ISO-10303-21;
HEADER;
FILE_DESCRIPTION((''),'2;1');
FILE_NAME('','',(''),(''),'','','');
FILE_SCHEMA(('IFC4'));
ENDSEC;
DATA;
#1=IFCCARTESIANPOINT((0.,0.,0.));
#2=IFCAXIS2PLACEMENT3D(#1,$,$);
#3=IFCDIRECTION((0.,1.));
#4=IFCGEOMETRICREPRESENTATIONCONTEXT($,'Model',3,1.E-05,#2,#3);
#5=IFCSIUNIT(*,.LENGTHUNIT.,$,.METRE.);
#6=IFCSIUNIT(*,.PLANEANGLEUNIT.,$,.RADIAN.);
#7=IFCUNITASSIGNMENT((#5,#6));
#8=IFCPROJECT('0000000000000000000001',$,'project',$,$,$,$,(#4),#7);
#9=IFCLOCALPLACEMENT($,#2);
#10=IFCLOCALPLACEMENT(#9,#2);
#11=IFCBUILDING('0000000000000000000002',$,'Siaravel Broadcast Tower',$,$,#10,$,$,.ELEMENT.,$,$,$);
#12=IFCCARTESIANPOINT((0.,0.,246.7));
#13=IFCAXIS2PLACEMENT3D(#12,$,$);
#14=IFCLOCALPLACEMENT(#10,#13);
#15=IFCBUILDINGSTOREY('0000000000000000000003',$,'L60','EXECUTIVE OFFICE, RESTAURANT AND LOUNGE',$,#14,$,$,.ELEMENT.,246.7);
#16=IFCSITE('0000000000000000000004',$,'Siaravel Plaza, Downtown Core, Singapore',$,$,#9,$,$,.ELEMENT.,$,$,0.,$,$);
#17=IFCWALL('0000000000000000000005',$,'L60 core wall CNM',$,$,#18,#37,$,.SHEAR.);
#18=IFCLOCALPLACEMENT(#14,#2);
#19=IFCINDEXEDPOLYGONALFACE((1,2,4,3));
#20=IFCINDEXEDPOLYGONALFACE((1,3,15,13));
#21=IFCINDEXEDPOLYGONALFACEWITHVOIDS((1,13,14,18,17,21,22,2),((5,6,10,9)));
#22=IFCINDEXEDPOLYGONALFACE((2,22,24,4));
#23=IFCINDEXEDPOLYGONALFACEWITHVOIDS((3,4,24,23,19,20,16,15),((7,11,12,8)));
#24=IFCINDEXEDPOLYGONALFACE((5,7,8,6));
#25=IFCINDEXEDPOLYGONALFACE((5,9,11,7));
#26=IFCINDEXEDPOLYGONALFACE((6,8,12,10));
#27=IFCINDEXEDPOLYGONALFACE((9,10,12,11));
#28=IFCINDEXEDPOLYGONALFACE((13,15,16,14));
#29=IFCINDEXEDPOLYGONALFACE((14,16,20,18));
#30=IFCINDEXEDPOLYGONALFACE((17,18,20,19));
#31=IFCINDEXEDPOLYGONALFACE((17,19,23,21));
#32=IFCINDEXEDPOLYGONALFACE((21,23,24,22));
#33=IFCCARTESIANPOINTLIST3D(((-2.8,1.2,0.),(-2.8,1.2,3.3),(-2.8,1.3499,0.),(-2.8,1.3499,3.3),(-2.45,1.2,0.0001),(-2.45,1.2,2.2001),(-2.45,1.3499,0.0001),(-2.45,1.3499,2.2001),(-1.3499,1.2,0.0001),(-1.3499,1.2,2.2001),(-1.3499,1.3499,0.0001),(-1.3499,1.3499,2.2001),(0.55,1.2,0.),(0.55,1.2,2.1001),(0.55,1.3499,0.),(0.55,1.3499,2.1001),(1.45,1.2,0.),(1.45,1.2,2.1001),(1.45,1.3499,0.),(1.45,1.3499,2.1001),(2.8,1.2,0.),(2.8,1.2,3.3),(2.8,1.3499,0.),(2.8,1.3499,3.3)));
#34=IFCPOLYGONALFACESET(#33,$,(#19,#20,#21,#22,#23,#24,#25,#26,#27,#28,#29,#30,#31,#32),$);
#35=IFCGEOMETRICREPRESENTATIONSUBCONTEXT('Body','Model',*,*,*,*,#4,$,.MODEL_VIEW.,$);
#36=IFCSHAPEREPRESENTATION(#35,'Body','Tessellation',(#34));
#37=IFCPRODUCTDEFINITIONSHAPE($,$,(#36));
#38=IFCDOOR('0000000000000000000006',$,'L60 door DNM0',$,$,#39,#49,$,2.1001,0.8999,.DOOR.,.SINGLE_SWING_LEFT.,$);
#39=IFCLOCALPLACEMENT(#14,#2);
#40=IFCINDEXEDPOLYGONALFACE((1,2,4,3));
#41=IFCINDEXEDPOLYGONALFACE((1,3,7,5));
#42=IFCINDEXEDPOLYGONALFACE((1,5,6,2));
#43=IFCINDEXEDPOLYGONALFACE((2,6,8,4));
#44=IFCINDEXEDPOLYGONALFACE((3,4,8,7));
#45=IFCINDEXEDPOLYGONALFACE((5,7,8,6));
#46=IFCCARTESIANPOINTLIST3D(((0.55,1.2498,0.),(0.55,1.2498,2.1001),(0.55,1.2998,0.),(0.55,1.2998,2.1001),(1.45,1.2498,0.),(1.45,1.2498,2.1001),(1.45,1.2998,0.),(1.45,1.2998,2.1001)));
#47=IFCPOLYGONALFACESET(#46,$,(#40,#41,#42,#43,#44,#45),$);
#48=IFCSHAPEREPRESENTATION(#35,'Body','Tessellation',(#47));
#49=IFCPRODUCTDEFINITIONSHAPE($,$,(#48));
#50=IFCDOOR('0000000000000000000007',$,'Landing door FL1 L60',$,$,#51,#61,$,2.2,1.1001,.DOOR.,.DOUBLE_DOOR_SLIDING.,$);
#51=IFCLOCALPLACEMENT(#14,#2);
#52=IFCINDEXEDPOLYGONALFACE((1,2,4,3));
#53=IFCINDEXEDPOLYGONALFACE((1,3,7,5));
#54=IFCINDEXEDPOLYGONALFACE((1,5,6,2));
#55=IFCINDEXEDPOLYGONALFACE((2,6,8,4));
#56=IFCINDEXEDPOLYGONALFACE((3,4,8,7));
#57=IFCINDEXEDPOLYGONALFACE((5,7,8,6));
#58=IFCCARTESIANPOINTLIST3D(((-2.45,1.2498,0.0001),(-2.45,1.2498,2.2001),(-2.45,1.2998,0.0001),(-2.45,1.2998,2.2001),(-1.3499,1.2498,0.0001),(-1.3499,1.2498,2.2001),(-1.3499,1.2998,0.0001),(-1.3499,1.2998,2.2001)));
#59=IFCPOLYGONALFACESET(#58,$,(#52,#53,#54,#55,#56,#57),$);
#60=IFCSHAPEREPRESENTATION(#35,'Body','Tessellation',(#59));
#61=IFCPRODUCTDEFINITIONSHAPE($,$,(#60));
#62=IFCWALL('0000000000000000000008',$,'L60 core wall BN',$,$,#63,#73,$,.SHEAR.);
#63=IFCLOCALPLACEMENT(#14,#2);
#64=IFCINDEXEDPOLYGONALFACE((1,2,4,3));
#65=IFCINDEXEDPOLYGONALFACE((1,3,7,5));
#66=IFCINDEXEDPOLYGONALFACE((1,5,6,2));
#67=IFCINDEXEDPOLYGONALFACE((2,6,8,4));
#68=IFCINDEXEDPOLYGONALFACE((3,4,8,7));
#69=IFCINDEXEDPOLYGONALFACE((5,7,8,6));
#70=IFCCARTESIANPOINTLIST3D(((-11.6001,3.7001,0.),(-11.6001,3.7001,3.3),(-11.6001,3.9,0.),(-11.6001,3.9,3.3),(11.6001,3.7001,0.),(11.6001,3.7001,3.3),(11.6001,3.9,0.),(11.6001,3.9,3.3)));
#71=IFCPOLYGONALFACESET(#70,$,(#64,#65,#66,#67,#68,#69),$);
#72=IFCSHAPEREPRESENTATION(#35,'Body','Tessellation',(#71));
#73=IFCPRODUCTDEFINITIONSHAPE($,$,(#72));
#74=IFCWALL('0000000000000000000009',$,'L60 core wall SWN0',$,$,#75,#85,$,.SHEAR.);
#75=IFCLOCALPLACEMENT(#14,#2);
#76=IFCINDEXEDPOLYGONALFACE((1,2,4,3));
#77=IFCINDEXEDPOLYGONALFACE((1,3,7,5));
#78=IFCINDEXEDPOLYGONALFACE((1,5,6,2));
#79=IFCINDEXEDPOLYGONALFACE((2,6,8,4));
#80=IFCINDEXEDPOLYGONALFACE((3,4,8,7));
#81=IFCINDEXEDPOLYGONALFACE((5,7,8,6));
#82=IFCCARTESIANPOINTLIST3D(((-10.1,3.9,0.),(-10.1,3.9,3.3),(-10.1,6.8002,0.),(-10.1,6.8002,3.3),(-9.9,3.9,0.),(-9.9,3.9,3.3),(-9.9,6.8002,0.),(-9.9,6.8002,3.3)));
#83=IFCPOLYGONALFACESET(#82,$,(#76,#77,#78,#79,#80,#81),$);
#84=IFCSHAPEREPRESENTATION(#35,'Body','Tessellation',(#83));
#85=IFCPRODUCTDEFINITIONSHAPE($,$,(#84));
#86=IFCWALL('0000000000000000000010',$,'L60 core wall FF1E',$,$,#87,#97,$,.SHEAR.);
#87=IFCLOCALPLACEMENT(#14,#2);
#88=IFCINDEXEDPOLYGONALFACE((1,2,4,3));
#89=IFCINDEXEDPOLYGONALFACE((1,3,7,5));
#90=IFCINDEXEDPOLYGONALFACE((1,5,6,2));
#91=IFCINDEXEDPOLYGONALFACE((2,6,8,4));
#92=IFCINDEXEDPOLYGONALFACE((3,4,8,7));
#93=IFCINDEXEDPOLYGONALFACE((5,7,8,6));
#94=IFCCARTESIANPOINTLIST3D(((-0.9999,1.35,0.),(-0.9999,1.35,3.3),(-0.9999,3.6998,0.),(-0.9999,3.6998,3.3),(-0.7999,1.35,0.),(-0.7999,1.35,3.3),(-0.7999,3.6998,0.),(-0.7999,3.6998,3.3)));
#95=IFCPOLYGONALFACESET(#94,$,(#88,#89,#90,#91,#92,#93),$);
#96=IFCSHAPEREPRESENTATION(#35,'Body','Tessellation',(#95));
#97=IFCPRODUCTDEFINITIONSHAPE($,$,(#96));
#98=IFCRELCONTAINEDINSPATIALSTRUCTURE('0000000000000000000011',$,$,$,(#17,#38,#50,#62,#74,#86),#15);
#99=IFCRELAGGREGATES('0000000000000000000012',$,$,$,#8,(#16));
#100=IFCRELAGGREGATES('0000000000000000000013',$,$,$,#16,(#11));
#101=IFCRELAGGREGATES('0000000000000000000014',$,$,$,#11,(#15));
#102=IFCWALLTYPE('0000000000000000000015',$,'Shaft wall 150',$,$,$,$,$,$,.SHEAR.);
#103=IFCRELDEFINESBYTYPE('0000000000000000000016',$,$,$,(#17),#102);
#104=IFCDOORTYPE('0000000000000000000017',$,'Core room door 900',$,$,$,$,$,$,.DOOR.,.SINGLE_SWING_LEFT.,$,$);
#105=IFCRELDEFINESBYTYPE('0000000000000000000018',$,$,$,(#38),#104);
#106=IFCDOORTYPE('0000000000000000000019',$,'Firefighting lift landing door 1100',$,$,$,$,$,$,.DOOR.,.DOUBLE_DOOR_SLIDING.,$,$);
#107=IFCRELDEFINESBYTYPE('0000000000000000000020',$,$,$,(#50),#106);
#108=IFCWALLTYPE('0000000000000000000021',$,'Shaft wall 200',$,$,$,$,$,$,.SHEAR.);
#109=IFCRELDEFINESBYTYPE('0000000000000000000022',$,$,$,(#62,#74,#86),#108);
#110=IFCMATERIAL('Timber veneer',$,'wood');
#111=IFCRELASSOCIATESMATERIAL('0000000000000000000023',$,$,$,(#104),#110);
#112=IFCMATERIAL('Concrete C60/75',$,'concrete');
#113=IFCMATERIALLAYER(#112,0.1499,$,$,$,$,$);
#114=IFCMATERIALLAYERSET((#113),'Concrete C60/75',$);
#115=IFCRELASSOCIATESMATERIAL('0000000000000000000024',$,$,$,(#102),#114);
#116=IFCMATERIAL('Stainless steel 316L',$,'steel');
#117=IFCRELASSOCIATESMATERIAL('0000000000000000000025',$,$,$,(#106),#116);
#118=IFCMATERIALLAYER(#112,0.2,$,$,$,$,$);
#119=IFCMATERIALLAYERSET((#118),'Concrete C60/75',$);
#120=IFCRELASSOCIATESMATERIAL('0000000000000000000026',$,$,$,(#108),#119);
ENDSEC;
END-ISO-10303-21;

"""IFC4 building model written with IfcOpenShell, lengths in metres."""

from ifc_helpers import new_model, si_unit, direction, frame, frame_2d, origin, place, context, subcontext, project, spatial, rectangle, extrude, material, layer, layer_set, type_object, element, fill, save


model = new_model("IFC4")

# Units and contexts
model_context = context("Model", 3, precision=1e-05, world=origin(), true_north=direction((0.0, 1.0)))
body_context = subcontext(model_context, "Body", "Model", "MODEL_VIEW")
ifc_project = project(units=[si_unit("LENGTHUNIT", "METRE"), si_unit("PLANEANGLEUNIT", "RADIAN")], contexts=[model_context])

# Site, building, storey
site_placement = place(None, origin())
site = spatial("IfcSite", under=ifc_project, at=site_placement, Name="Siaravel Plaza, Downtown Core, Singapore", CompositionType="ELEMENT", RefElevation=0.0)
building_placement = place(site_placement, origin())
building = spatial("IfcBuilding", under=site, at=building_placement, Name="Siaravel Broadcast Tower", CompositionType="ELEMENT")
storey_placement = place(building_placement, frame((0.0, 0.0, 246.7)))
storey = spatial("IfcBuildingStorey", under=building, at=storey_placement, Name="L60", Description="EXECUTIVE OFFICE, RESTAURANT AND LOUNGE", CompositionType="ELEMENT", Elevation=246.7)

# Wall, openings, doors
ifc_material_1 = material(Name="Timber veneer", Category="wood")
door_type_1 = type_object("IfcDoorType", Name="Core room door 900", OperationType="SINGLE_SWING_LEFT", PredefinedType="DOOR", material=ifc_material_1)
ifc_material_2 = material(Name="Concrete C60/75", Category="concrete")
ifc_layer_1 = layer(ifc_material_2, 0.1499)
ifc_layer_set_1 = layer_set([ifc_layer_1], Name="Concrete C60/75")
wall_type_1 = type_object("IfcWallType", Name="Shaft wall 150", PredefinedType="SHEAR", material=ifc_layer_set_1)
wall_1_placement = place(storey_placement, frame((-2.8, 1.2749, 0.0), z_axis=(0.0, 0.0, 1.0), x_axis=(1.0, 0.0, 0.0)))
wall_1 = element("IfcWall", 1, at=wall_1_placement, inside=storey, type_object=wall_type_1, Name="L60 core wall CNM", PredefinedType="SHEAR", context=body_context, shape_type="SweptSolid", body=[
    extrude(rectangle(XDim=5.6001, YDim=0.1499, at=frame_2d((2.8, 0.0))), origin(), (0.0, 0.0, 1.0), 3.3),
])
opening_1_placement = place(wall_1_placement, frame((0.3501, 0.0, 0.0)))
opening_1 = element("IfcOpeningElement", 2, at=opening_1_placement, cuts=wall_1, PredefinedType="OPENING", context=body_context, shape_type="SweptSolid", body=[
    extrude(rectangle(XDim=1.1001, YDim=2.2, at=frame_2d((0.55, 1.1001))), frame((0.0, 0.085, 0.0), z_axis=(0.0, -1.0, 0.0), x_axis=(1.0, 0.0, 0.0)), (0.0, 0.0, 1.0), 0.1699),
])
opening_2_placement = place(wall_1_placement, frame((3.3501, 0.0, 0.0)))
opening_2 = element("IfcOpeningElement", 3, at=opening_2_placement, cuts=wall_1, PredefinedType="OPENING", context=body_context, shape_type="SweptSolid", body=[
    extrude(rectangle(XDim=0.8999, YDim=2.1001, at=frame_2d((0.45, 1.05))), frame((0.0, 0.085, 0.0), z_axis=(0.0, -1.0, 0.0), x_axis=(1.0, 0.0, 0.0)), (0.0, 0.0, 1.0), 0.1699),
])
door_1_placement = place(opening_2_placement, origin())
door_1 = element("IfcDoor", 4, at=door_1_placement, inside=storey, type_object=door_type_1, Name="L60 door DNM0", OperationType="SINGLE_SWING_LEFT", OverallHeight=2.1001, OverallWidth=0.8999, PredefinedType="DOOR", context=body_context, shape_type="SweptSolid", body=[
    extrude(rectangle(XDim=0.8999, YDim=2.1001, at=frame_2d((0.45, 1.05))), frame((0.0, 0.0249, 0.0), z_axis=(0.0, -1.0, 0.0), x_axis=(1.0, 0.0, 0.0)), (0.0, 0.0, 1.0), 0.05),
])
fill(opening_2, door_1)
ifc_material_3 = material(Name="Stainless steel 316L", Category="steel")
door_type_2 = type_object("IfcDoorType", Name="Firefighting lift landing door 1100", OperationType="DOUBLE_DOOR_SLIDING", PredefinedType="DOOR", material=ifc_material_3)
door_2_placement = place(opening_1_placement, origin())
door_2 = element("IfcDoor", 5, at=door_2_placement, inside=storey, type_object=door_type_2, Name="Landing door FL1 L60", OperationType="DOUBLE_DOOR_SLIDING", OverallHeight=2.2, OverallWidth=1.1001, PredefinedType="DOOR", context=body_context, shape_type="SweptSolid", body=[
    extrude(rectangle(XDim=1.1001, YDim=2.2, at=frame_2d((0.55, 1.1001))), frame((0.0, 0.0249, 0.0), z_axis=(0.0, -1.0, 0.0), x_axis=(1.0, 0.0, 0.0)), (0.0, 0.0, 1.0), 0.05),
])
fill(opening_1, door_2)

# Walls
ifc_layer_2 = layer(ifc_material_2, 0.2)
ifc_layer_set_2 = layer_set([ifc_layer_2], Name="Concrete C60/75")
wall_type_2 = type_object("IfcWallType", Name="Shaft wall 200", PredefinedType="SHEAR", material=ifc_layer_set_2)
wall_2_placement = place(storey_placement, frame((-11.6001, 3.8, 0.0), z_axis=(0.0, 0.0, 1.0), x_axis=(1.0, 0.0, 0.0)))
element("IfcWall", 6, at=wall_2_placement, inside=storey, type_object=wall_type_2, Name="L60 core wall BN", PredefinedType="SHEAR", context=body_context, shape_type="SweptSolid", body=[
    extrude(rectangle(XDim=23.2002, YDim=0.2, at=frame_2d((11.6001, 0.0))), origin(), (0.0, 0.0, 1.0), 3.3),
])
wall_3_placement = place(storey_placement, frame((-10.0, 3.8999, 0.0), z_axis=(0.0, 0.0, 1.0), x_axis=(0.0, 1.0, 0.0)))
element("IfcWall", 7, at=wall_3_placement, inside=storey, type_object=wall_type_2, Name="L60 core wall SWN0", PredefinedType="SHEAR", context=body_context, shape_type="SweptSolid", body=[
    extrude(rectangle(XDim=2.9001, YDim=0.2, at=frame_2d((1.4502, 0.0))), origin(), (0.0, 0.0, 1.0), 3.3),
])
wall_4_placement = place(storey_placement, frame((-0.8999, 1.3501, 0.0), z_axis=(0.0, 0.0, 1.0), x_axis=(0.0, 1.0, 0.0)))
element("IfcWall", 8, at=wall_4_placement, inside=storey, type_object=wall_type_2, Name="L60 core wall FF1E", PredefinedType="SHEAR", context=body_context, shape_type="SweptSolid", body=[
    extrude(rectangle(XDim=2.3499, YDim=0.2, at=frame_2d((1.1748, 0.0))), origin(), (0.0, 0.0, 1.0), 3.3),
])

save(model, "model.ifc")
